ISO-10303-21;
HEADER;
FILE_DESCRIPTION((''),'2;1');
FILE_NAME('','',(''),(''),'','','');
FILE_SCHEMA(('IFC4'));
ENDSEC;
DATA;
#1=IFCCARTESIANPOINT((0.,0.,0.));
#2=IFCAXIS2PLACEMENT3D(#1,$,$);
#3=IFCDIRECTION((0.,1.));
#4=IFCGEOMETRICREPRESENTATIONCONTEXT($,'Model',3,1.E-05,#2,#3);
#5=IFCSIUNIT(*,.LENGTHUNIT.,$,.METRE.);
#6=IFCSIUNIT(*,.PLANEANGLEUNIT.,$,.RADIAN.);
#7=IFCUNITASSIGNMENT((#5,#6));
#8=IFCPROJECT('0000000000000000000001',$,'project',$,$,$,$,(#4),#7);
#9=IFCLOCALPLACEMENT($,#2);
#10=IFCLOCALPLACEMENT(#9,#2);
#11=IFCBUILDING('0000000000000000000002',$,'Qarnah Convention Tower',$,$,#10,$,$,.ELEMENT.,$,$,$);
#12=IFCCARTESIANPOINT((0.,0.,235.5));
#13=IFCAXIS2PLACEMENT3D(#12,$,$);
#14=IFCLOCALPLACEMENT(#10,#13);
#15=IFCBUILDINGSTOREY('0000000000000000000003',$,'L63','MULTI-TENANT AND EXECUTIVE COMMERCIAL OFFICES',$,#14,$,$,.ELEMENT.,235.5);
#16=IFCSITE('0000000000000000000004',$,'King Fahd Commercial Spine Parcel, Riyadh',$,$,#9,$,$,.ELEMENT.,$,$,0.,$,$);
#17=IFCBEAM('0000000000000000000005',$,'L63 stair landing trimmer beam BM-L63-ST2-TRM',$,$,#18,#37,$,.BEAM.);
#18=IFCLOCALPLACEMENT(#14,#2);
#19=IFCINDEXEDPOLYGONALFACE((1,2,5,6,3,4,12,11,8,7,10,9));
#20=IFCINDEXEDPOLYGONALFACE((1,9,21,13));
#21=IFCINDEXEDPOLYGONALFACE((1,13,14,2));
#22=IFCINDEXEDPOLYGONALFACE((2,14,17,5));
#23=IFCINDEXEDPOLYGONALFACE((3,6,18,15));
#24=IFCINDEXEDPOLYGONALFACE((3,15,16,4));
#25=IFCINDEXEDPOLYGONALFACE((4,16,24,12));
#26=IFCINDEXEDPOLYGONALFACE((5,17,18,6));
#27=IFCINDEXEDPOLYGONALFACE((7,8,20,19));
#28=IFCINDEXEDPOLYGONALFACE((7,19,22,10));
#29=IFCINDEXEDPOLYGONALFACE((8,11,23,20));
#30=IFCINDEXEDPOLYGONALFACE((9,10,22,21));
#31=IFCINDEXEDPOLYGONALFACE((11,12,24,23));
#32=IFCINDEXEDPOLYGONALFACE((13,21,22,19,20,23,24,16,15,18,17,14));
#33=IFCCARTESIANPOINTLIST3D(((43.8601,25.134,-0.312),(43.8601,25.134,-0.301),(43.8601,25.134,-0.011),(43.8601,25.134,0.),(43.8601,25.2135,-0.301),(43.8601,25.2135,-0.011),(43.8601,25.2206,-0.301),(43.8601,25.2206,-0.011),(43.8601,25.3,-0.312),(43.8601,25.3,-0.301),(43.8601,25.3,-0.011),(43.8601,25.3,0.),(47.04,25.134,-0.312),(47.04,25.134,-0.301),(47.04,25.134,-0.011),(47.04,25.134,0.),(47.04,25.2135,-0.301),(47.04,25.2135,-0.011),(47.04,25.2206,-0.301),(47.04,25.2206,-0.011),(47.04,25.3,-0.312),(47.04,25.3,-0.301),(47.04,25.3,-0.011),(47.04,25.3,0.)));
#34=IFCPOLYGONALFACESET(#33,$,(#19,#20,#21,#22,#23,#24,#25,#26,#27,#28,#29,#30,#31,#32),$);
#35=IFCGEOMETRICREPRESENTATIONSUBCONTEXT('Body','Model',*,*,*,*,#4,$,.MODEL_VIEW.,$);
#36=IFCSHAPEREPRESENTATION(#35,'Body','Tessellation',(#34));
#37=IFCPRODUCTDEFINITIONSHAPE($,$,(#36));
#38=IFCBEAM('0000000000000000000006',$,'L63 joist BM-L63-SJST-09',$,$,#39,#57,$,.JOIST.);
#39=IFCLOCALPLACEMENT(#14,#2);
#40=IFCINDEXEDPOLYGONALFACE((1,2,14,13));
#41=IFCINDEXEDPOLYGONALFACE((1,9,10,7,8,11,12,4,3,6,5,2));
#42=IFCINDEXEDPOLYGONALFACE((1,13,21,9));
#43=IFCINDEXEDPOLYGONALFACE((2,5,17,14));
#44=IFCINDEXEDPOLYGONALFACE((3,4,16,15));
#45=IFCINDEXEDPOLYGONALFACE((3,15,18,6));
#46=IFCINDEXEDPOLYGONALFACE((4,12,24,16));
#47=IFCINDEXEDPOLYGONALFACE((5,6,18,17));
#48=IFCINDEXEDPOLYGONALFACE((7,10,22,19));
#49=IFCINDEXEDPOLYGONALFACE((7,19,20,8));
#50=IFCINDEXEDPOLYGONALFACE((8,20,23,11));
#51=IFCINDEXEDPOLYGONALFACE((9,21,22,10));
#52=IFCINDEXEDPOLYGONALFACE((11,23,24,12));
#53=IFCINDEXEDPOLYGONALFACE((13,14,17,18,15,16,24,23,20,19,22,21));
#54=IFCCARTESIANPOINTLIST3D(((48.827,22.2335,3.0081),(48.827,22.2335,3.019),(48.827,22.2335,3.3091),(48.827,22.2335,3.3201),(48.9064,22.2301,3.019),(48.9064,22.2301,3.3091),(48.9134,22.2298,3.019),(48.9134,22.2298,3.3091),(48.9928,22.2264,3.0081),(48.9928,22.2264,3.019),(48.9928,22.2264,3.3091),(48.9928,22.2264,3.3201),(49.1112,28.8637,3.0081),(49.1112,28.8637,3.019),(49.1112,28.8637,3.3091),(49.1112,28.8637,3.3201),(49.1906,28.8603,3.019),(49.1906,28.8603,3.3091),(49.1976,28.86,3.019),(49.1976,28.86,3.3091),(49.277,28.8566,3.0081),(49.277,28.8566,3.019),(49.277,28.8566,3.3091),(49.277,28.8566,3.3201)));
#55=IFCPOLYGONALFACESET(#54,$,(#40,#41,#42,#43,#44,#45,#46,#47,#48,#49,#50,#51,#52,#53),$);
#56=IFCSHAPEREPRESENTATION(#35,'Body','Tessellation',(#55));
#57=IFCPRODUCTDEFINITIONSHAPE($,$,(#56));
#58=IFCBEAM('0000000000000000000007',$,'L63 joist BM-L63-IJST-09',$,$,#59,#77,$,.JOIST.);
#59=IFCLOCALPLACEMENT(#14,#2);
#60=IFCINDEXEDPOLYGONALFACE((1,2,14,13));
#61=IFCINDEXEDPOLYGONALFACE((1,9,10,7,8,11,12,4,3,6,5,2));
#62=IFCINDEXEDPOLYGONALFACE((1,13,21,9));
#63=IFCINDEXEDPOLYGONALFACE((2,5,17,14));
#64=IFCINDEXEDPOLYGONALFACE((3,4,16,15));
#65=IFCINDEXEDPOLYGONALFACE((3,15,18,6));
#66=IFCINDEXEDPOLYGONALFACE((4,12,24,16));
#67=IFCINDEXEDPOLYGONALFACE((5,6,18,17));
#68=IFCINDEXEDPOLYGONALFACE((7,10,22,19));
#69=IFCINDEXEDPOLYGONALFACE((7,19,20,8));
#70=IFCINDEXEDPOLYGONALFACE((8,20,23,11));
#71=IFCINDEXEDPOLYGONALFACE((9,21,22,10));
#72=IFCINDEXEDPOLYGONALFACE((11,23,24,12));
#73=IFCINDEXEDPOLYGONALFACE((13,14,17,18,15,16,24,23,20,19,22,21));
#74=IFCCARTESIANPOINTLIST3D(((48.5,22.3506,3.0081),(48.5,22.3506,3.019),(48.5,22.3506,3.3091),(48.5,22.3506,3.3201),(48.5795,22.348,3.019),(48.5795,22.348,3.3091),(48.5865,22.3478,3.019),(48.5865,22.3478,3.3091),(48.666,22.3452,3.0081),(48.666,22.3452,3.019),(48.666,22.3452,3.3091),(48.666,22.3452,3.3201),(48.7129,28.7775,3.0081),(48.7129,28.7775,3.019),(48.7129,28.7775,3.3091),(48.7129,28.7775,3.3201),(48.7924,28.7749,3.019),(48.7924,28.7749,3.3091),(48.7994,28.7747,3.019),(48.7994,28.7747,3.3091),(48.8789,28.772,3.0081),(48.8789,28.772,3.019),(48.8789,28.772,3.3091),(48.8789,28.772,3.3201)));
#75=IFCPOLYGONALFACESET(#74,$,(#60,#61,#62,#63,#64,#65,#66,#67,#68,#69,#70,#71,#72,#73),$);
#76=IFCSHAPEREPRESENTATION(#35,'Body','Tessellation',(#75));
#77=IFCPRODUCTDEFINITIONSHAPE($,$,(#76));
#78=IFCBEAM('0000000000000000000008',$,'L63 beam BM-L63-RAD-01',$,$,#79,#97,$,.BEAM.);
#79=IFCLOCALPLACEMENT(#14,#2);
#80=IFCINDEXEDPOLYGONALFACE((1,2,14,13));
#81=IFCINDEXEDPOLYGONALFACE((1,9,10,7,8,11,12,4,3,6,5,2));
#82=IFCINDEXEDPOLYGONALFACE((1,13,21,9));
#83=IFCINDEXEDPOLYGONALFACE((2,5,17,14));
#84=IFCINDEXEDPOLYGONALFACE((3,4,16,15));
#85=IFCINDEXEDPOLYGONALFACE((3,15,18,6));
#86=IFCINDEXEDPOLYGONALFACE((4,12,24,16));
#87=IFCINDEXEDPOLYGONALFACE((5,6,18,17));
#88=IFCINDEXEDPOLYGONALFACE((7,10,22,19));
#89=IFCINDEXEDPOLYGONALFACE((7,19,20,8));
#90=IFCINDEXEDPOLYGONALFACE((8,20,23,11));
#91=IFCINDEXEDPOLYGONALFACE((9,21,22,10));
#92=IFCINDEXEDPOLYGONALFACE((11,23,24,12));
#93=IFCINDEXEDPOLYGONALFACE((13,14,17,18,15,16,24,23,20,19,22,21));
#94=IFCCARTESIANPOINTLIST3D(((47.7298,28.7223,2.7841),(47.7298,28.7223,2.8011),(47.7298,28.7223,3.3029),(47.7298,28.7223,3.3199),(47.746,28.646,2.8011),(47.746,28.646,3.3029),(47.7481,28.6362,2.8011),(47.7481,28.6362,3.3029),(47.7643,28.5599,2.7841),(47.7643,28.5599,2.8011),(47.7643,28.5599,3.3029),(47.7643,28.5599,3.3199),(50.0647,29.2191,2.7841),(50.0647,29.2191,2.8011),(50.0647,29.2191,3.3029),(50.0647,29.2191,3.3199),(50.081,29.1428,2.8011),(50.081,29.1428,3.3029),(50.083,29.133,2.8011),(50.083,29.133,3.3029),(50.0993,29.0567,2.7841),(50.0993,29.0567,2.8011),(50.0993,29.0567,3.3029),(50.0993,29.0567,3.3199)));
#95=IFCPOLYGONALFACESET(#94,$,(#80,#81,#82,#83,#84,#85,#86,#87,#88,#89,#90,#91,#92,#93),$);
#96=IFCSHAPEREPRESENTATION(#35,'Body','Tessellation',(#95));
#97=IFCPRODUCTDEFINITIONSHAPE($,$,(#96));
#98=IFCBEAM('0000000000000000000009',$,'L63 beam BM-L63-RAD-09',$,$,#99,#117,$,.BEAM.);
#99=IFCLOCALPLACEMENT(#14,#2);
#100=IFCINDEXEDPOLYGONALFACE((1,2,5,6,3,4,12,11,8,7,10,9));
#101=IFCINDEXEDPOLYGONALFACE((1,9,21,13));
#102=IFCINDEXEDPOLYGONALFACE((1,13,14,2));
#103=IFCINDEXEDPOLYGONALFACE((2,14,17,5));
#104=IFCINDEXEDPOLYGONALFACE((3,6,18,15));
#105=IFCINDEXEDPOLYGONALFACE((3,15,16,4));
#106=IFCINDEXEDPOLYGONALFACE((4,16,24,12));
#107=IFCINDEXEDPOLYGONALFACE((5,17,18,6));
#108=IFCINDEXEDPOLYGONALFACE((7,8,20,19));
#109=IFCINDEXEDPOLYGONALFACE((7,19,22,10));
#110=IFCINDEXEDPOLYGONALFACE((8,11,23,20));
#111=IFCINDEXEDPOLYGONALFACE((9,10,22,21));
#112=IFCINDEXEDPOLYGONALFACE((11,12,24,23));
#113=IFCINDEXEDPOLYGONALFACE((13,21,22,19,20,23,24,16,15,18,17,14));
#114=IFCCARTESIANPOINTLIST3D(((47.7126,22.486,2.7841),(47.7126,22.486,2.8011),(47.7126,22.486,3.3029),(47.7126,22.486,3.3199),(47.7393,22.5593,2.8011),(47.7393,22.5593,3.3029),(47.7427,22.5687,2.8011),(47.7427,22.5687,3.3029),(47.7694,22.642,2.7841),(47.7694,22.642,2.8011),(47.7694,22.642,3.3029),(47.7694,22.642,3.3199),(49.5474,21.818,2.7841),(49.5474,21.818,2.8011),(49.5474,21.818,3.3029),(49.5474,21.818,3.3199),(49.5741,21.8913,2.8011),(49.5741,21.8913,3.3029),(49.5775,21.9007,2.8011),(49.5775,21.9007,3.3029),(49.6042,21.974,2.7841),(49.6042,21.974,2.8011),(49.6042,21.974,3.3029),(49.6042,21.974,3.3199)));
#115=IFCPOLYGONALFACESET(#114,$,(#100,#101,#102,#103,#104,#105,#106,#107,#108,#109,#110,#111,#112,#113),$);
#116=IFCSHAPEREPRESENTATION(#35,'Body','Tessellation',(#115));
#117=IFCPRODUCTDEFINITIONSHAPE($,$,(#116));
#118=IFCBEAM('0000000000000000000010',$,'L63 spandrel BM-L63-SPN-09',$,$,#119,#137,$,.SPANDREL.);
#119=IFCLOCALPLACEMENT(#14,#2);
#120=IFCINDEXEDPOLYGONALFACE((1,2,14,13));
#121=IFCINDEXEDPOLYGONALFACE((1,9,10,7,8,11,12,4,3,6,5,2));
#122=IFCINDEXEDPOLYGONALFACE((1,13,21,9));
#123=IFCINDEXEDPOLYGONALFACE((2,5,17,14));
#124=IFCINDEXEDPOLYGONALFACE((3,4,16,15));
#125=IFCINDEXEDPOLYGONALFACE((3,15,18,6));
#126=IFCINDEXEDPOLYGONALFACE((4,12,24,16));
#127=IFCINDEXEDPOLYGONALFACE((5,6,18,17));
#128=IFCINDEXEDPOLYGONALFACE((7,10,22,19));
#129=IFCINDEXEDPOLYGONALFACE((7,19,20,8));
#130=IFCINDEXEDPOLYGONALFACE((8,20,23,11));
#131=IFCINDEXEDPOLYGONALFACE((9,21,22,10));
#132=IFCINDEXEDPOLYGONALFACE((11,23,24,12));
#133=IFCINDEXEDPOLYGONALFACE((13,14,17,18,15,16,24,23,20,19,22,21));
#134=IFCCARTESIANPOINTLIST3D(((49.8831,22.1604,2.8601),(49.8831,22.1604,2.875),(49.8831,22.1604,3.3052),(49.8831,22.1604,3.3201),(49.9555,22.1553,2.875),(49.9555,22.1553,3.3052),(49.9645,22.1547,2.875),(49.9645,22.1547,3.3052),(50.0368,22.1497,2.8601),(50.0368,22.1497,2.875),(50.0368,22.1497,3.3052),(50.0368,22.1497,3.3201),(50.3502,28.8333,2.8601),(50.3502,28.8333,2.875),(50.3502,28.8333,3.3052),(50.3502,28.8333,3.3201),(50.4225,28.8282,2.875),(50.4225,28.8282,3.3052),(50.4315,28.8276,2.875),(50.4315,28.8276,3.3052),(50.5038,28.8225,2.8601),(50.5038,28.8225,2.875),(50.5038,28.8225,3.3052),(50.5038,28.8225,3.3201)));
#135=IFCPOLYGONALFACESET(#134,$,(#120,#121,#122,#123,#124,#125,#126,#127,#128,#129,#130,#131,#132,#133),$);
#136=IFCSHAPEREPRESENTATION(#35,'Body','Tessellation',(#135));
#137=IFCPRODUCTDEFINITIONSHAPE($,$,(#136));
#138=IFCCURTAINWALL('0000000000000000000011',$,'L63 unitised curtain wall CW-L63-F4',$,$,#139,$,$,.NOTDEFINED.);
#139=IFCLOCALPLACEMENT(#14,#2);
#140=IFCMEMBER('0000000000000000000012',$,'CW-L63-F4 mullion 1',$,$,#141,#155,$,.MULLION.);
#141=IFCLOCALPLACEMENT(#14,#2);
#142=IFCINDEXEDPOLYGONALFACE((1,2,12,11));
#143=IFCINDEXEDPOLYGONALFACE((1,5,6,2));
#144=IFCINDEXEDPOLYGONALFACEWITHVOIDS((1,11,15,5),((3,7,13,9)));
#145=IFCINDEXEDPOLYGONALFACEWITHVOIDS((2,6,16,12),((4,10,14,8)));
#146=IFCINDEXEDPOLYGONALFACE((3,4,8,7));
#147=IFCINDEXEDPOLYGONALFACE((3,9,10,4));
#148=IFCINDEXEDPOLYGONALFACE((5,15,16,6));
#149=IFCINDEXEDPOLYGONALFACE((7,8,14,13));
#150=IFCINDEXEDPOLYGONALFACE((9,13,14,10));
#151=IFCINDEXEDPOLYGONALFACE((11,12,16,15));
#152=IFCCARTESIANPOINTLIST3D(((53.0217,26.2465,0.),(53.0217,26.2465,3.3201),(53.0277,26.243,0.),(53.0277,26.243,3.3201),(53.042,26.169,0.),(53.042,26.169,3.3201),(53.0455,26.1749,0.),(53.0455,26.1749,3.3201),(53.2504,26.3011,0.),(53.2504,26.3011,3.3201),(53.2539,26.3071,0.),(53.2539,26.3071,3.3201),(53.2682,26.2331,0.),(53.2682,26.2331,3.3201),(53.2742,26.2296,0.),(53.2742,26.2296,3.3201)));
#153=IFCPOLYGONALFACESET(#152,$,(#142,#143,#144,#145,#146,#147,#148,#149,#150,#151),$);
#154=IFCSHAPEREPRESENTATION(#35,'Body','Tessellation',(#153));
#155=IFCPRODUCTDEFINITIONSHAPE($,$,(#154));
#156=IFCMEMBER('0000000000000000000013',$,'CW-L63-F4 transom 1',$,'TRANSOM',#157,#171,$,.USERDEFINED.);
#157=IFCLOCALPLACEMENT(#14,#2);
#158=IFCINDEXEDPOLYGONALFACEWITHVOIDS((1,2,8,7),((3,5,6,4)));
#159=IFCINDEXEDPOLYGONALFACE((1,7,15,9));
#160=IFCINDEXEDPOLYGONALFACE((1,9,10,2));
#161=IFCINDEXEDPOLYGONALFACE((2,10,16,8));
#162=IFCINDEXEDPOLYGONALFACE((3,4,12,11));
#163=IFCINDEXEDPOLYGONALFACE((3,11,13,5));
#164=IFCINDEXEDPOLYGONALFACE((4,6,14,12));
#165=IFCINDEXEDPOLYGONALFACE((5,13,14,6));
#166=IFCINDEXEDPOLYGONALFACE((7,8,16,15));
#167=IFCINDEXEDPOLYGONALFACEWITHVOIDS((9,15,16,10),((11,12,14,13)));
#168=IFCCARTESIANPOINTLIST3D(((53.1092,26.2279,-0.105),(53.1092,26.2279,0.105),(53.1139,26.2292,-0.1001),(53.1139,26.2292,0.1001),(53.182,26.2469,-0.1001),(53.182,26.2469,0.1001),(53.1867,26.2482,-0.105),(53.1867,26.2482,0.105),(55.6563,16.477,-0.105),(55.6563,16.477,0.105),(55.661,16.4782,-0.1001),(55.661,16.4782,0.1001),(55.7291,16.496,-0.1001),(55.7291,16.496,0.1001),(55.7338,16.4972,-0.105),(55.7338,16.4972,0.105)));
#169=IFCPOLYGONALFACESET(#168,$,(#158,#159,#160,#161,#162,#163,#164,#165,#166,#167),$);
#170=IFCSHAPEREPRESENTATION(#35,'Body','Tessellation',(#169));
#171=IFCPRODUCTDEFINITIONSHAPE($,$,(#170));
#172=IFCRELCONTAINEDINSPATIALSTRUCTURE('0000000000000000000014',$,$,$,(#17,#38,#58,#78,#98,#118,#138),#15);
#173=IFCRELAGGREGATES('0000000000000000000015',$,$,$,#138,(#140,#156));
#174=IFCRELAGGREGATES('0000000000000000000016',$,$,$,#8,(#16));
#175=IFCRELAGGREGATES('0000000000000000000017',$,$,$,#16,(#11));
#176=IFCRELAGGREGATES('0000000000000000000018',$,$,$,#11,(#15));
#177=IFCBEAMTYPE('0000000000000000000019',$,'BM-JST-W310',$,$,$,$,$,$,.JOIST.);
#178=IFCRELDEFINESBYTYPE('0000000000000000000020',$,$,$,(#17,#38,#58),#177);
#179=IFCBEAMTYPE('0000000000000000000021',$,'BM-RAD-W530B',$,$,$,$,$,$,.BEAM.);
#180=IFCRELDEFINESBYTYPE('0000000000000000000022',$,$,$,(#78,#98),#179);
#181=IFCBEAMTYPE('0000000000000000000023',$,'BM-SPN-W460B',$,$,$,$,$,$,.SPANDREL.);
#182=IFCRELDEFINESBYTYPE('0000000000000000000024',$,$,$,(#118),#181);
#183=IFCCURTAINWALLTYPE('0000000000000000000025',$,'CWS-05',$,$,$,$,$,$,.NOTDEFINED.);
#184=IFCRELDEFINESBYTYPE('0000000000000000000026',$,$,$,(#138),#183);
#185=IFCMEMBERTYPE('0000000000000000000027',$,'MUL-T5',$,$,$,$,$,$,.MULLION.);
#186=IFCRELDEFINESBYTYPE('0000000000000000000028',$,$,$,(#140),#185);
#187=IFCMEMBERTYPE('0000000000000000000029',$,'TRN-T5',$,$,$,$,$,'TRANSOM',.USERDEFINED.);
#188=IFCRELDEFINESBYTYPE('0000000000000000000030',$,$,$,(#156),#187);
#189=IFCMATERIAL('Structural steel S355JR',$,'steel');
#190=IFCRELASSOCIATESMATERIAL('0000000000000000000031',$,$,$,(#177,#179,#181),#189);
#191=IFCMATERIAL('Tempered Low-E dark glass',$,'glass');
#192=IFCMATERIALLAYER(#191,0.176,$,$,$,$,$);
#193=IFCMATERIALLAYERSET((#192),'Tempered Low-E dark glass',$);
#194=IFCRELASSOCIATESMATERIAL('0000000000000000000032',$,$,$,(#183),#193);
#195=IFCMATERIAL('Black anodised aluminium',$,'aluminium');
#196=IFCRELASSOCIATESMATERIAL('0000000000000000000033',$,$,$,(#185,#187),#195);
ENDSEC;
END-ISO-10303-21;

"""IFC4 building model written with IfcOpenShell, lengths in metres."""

from ifc_helpers import new_model, si_unit, direction, frame, origin, origin_2d, place, context, subcontext, project, spatial, hollow_rectangle, i_section, extrude, material, layer, layer_set, material_profile, profile_set, type_object, element, aggregate, save


model = new_model("IFC4")

# Units and contexts
model_context = context("Model", 3, precision=1e-05, world=origin(), true_north=direction((0.0, 1.0)))
body_context = subcontext(model_context, "Body", "Model", "MODEL_VIEW")
ifc_project = project(units=[si_unit("LENGTHUNIT", "METRE"), si_unit("PLANEANGLEUNIT", "RADIAN")], contexts=[model_context])

# Site, building, storey
site_placement = place(None, origin())
site = spatial("IfcSite", under=ifc_project, at=site_placement, Name="King Fahd Commercial Spine Parcel, Riyadh", CompositionType="ELEMENT", RefElevation=0.0)
building_placement = place(site_placement, origin())
building = spatial("IfcBuilding", under=site, at=building_placement, Name="Qarnah Convention Tower", CompositionType="ELEMENT")
storey_placement = place(building_placement, frame((0.0, 0.0, 235.5)))
storey = spatial("IfcBuildingStorey", under=building, at=storey_placement, Name="L63", Description="MULTI-TENANT AND EXECUTIVE COMMERCIAL OFFICES", CompositionType="ELEMENT", Elevation=235.5)

# Beams
ifc_material_1 = material(Name="Structural steel S355JR", Category="steel")
ifc_material_profile_1 = material_profile(ifc_material_1, i_section(OverallWidth=0.166, OverallDepth=0.312, WebThickness=0.0071, FlangeThickness=0.011, at=origin_2d()), Name="W310X45")
ifc_profile_set_1 = profile_set([ifc_material_profile_1], Name="Structural steel S355JR")
beam_type_1 = type_object("IfcBeamType", Name="BM-JST-W310", PredefinedType="JOIST", material=ifc_profile_set_1)
beam_1_placement = place(storey_placement, frame((43.8601, 25.217, -0.156), z_axis=(1.0, 0.0, 0.0), x_axis=(0.0, 1.0, 0.0)))
element("IfcBeam", 1, at=beam_1_placement, inside=storey, type_object=beam_type_1, Name="L63 stair landing trimmer beam BM-L63-ST2-TRM", PredefinedType="BEAM", context=body_context, shape_type="SweptSolid", body=[
    extrude(i_section(OverallWidth=0.166, OverallDepth=0.312, WebThickness=0.0071, FlangeThickness=0.011, at=origin_2d()), origin(), (0.0, 0.0, 1.0), 3.1799),
])
beam_2_placement = place(storey_placement, frame((48.9099, 22.23, 3.1641), z_axis=(0.042823, 0.999083, 0.0), x_axis=(-0.999083, 0.042823, 0.0)))
element("IfcBeam", 2, at=beam_2_placement, inside=storey, type_object=beam_type_1, Name="L63 joist BM-L63-SJST-09", PredefinedType="JOIST", context=body_context, shape_type="SweptSolid", body=[
    extrude(i_section(OverallWidth=0.166, OverallDepth=0.312, WebThickness=0.0071, FlangeThickness=0.011, at=origin_2d()), origin(), (0.0, 0.0, 1.0), 6.6362),
])
beam_3_placement = place(storey_placement, frame((48.583, 22.3479, 3.1641), z_axis=(0.033106, 0.999452, 0.0), x_axis=(-0.999452, 0.033106, 0.0)))
element("IfcBeam", 3, at=beam_3_placement, inside=storey, type_object=beam_type_1, Name="L63 joist BM-L63-IJST-09", PredefinedType="JOIST", context=body_context, shape_type="SweptSolid", body=[
    extrude(i_section(OverallWidth=0.166, OverallDepth=0.312, WebThickness=0.0071, FlangeThickness=0.011, at=origin_2d()), origin(), (0.0, 0.0, 1.0), 6.4304),
])
ifc_material_profile_2 = material_profile(ifc_material_1, i_section(OverallWidth=0.166, OverallDepth=0.5359, WebThickness=0.01, FlangeThickness=0.0171, at=origin_2d()), Name="W530X85")
ifc_profile_set_2 = profile_set([ifc_material_profile_2], Name="Structural steel S355JR")
beam_type_2 = type_object("IfcBeamType", Name="BM-RAD-W530B", PredefinedType="BEAM", material=ifc_profile_set_2)
beam_4_placement = place(storey_placement, frame((47.7471, 28.6411, 3.052), z_axis=(0.978104, 0.208118, 0.0), x_axis=(-0.208118, 0.978104, 0.0)))
element("IfcBeam", 4, at=beam_4_placement, inside=storey, type_object=beam_type_2, Name="L63 beam BM-L63-RAD-01", PredefinedType="BEAM", context=body_context, shape_type="SweptSolid", body=[
    extrude(i_section(OverallWidth=0.166, OverallDepth=0.5359, WebThickness=0.01, FlangeThickness=0.0171, at=origin_2d()), origin(), (0.0, 0.0, 1.0), 2.3872),
])
beam_5_placement = place(storey_placement, frame((47.741, 22.564, 3.052), z_axis=(0.939677, -0.342064, 0.0), x_axis=(0.342064, 0.939677, 0.0)))
element("IfcBeam", 5, at=beam_5_placement, inside=storey, type_object=beam_type_2, Name="L63 beam BM-L63-RAD-09", PredefinedType="BEAM", context=body_context, shape_type="SweptSolid", body=[
    extrude(i_section(OverallWidth=0.166, OverallDepth=0.5359, WebThickness=0.01, FlangeThickness=0.0171, at=origin_2d()), origin(), (0.0, 0.0, 1.0), 1.9526),
])
ifc_material_profile_3 = material_profile(ifc_material_1, i_section(OverallWidth=0.1541, OverallDepth=0.46, WebThickness=0.009, FlangeThickness=0.0149, at=origin_2d()), Name="W460X68")
ifc_profile_set_3 = profile_set([ifc_material_profile_3], Name="Structural steel S355JR")
beam_type_3 = type_object("IfcBeamType", Name="BM-SPN-W460B", PredefinedType="SPANDREL", material=ifc_profile_set_3)
beam_6_placement = place(storey_placement, frame((49.96, 22.155, 3.0901), z_axis=(0.06982, 0.99756, 0.0), x_axis=(-0.99756, 0.06982, 0.0)))
element("IfcBeam", 6, at=beam_6_placement, inside=storey, type_object=beam_type_3, Name="L63 spandrel BM-L63-SPN-09", PredefinedType="SPANDREL", context=body_context, shape_type="SweptSolid", body=[
    extrude(i_section(OverallWidth=0.1541, OverallDepth=0.46, WebThickness=0.009, FlangeThickness=0.0149, at=origin_2d()), origin(), (0.0, 0.0, 1.0), 6.6892),
])

# Curtain wall, members
ifc_material_2 = material(Name="Tempered Low-E dark glass", Category="glass")
ifc_layer_1 = layer(ifc_material_2, 0.176)
ifc_layer_set_1 = layer_set([ifc_layer_1], Name="Tempered Low-E dark glass")
curtain_wall_type = type_object("IfcCurtainWallType", Name="CWS-05", PredefinedType="NOTDEFINED", material=ifc_layer_set_1)
curtain_wall_placement = place(storey_placement, origin())
curtain_wall = element("IfcCurtainWall", 7, at=curtain_wall_placement, inside=storey, type_object=curtain_wall_type, Name="L63 unitised curtain wall CW-L63-F4", PredefinedType="NOTDEFINED")
ifc_material_3 = material(Name="Black anodised aluminium", Category="aluminium")
ifc_material_profile_4 = material_profile(ifc_material_3, hollow_rectangle(XDim=0.0801, YDim=0.24, WallThickness=0.0049, at=origin_2d()), Name="MUL-80X240")
ifc_profile_set_4 = profile_set([ifc_material_profile_4], Name="Black anodised aluminium")
member_type_1 = type_object("IfcMemberType", Name="MUL-T5", PredefinedType="MULLION", material=ifc_profile_set_4)
member_1_placement = place(storey_placement, frame((53.1479, 26.238, 0.0), z_axis=(0.0, 0.0, 1.0), x_axis=(0.252725, -0.967538, 0.0)))
member_1 = element("IfcMember", 8, at=member_1_placement, type_object=member_type_1, Name="CW-L63-F4 mullion 1", PredefinedType="MULLION", context=body_context, shape_type="SweptSolid", body=[
    extrude(hollow_rectangle(XDim=0.0801, YDim=0.24, WallThickness=0.0049, at=origin_2d()), origin(), (0.0, 0.0, 1.0), 3.3201),
])
ifc_material_profile_5 = material_profile(ifc_material_3, hollow_rectangle(XDim=0.0801, YDim=0.21, WallThickness=0.0049, at=origin_2d()), Name="TRN-80X210")
ifc_profile_set_5 = profile_set([ifc_material_profile_5], Name="Black anodised aluminium")
member_type_2 = type_object("IfcMemberType", Name="TRN-T5", ElementType="TRANSOM", PredefinedType="USERDEFINED", material=ifc_profile_set_5)
member_2_placement = place(storey_placement, frame((53.1479, 26.238, 0.0), z_axis=(0.252736, -0.967535, 0.0), x_axis=(0.967535, 0.252736, 0.0)))
member_2 = element("IfcMember", 9, at=member_2_placement, type_object=member_type_2, Name="CW-L63-F4 transom 1", ObjectType="TRANSOM", PredefinedType="USERDEFINED", context=body_context, shape_type="SweptSolid", body=[
    extrude(hollow_rectangle(XDim=0.0801, YDim=0.21, WallThickness=0.0049, at=origin_2d()), origin(), (0.0, 0.0, 1.0), 10.0781),
])
aggregate(curtain_wall, [member_1, member_2])

save(model, "model.ifc")
